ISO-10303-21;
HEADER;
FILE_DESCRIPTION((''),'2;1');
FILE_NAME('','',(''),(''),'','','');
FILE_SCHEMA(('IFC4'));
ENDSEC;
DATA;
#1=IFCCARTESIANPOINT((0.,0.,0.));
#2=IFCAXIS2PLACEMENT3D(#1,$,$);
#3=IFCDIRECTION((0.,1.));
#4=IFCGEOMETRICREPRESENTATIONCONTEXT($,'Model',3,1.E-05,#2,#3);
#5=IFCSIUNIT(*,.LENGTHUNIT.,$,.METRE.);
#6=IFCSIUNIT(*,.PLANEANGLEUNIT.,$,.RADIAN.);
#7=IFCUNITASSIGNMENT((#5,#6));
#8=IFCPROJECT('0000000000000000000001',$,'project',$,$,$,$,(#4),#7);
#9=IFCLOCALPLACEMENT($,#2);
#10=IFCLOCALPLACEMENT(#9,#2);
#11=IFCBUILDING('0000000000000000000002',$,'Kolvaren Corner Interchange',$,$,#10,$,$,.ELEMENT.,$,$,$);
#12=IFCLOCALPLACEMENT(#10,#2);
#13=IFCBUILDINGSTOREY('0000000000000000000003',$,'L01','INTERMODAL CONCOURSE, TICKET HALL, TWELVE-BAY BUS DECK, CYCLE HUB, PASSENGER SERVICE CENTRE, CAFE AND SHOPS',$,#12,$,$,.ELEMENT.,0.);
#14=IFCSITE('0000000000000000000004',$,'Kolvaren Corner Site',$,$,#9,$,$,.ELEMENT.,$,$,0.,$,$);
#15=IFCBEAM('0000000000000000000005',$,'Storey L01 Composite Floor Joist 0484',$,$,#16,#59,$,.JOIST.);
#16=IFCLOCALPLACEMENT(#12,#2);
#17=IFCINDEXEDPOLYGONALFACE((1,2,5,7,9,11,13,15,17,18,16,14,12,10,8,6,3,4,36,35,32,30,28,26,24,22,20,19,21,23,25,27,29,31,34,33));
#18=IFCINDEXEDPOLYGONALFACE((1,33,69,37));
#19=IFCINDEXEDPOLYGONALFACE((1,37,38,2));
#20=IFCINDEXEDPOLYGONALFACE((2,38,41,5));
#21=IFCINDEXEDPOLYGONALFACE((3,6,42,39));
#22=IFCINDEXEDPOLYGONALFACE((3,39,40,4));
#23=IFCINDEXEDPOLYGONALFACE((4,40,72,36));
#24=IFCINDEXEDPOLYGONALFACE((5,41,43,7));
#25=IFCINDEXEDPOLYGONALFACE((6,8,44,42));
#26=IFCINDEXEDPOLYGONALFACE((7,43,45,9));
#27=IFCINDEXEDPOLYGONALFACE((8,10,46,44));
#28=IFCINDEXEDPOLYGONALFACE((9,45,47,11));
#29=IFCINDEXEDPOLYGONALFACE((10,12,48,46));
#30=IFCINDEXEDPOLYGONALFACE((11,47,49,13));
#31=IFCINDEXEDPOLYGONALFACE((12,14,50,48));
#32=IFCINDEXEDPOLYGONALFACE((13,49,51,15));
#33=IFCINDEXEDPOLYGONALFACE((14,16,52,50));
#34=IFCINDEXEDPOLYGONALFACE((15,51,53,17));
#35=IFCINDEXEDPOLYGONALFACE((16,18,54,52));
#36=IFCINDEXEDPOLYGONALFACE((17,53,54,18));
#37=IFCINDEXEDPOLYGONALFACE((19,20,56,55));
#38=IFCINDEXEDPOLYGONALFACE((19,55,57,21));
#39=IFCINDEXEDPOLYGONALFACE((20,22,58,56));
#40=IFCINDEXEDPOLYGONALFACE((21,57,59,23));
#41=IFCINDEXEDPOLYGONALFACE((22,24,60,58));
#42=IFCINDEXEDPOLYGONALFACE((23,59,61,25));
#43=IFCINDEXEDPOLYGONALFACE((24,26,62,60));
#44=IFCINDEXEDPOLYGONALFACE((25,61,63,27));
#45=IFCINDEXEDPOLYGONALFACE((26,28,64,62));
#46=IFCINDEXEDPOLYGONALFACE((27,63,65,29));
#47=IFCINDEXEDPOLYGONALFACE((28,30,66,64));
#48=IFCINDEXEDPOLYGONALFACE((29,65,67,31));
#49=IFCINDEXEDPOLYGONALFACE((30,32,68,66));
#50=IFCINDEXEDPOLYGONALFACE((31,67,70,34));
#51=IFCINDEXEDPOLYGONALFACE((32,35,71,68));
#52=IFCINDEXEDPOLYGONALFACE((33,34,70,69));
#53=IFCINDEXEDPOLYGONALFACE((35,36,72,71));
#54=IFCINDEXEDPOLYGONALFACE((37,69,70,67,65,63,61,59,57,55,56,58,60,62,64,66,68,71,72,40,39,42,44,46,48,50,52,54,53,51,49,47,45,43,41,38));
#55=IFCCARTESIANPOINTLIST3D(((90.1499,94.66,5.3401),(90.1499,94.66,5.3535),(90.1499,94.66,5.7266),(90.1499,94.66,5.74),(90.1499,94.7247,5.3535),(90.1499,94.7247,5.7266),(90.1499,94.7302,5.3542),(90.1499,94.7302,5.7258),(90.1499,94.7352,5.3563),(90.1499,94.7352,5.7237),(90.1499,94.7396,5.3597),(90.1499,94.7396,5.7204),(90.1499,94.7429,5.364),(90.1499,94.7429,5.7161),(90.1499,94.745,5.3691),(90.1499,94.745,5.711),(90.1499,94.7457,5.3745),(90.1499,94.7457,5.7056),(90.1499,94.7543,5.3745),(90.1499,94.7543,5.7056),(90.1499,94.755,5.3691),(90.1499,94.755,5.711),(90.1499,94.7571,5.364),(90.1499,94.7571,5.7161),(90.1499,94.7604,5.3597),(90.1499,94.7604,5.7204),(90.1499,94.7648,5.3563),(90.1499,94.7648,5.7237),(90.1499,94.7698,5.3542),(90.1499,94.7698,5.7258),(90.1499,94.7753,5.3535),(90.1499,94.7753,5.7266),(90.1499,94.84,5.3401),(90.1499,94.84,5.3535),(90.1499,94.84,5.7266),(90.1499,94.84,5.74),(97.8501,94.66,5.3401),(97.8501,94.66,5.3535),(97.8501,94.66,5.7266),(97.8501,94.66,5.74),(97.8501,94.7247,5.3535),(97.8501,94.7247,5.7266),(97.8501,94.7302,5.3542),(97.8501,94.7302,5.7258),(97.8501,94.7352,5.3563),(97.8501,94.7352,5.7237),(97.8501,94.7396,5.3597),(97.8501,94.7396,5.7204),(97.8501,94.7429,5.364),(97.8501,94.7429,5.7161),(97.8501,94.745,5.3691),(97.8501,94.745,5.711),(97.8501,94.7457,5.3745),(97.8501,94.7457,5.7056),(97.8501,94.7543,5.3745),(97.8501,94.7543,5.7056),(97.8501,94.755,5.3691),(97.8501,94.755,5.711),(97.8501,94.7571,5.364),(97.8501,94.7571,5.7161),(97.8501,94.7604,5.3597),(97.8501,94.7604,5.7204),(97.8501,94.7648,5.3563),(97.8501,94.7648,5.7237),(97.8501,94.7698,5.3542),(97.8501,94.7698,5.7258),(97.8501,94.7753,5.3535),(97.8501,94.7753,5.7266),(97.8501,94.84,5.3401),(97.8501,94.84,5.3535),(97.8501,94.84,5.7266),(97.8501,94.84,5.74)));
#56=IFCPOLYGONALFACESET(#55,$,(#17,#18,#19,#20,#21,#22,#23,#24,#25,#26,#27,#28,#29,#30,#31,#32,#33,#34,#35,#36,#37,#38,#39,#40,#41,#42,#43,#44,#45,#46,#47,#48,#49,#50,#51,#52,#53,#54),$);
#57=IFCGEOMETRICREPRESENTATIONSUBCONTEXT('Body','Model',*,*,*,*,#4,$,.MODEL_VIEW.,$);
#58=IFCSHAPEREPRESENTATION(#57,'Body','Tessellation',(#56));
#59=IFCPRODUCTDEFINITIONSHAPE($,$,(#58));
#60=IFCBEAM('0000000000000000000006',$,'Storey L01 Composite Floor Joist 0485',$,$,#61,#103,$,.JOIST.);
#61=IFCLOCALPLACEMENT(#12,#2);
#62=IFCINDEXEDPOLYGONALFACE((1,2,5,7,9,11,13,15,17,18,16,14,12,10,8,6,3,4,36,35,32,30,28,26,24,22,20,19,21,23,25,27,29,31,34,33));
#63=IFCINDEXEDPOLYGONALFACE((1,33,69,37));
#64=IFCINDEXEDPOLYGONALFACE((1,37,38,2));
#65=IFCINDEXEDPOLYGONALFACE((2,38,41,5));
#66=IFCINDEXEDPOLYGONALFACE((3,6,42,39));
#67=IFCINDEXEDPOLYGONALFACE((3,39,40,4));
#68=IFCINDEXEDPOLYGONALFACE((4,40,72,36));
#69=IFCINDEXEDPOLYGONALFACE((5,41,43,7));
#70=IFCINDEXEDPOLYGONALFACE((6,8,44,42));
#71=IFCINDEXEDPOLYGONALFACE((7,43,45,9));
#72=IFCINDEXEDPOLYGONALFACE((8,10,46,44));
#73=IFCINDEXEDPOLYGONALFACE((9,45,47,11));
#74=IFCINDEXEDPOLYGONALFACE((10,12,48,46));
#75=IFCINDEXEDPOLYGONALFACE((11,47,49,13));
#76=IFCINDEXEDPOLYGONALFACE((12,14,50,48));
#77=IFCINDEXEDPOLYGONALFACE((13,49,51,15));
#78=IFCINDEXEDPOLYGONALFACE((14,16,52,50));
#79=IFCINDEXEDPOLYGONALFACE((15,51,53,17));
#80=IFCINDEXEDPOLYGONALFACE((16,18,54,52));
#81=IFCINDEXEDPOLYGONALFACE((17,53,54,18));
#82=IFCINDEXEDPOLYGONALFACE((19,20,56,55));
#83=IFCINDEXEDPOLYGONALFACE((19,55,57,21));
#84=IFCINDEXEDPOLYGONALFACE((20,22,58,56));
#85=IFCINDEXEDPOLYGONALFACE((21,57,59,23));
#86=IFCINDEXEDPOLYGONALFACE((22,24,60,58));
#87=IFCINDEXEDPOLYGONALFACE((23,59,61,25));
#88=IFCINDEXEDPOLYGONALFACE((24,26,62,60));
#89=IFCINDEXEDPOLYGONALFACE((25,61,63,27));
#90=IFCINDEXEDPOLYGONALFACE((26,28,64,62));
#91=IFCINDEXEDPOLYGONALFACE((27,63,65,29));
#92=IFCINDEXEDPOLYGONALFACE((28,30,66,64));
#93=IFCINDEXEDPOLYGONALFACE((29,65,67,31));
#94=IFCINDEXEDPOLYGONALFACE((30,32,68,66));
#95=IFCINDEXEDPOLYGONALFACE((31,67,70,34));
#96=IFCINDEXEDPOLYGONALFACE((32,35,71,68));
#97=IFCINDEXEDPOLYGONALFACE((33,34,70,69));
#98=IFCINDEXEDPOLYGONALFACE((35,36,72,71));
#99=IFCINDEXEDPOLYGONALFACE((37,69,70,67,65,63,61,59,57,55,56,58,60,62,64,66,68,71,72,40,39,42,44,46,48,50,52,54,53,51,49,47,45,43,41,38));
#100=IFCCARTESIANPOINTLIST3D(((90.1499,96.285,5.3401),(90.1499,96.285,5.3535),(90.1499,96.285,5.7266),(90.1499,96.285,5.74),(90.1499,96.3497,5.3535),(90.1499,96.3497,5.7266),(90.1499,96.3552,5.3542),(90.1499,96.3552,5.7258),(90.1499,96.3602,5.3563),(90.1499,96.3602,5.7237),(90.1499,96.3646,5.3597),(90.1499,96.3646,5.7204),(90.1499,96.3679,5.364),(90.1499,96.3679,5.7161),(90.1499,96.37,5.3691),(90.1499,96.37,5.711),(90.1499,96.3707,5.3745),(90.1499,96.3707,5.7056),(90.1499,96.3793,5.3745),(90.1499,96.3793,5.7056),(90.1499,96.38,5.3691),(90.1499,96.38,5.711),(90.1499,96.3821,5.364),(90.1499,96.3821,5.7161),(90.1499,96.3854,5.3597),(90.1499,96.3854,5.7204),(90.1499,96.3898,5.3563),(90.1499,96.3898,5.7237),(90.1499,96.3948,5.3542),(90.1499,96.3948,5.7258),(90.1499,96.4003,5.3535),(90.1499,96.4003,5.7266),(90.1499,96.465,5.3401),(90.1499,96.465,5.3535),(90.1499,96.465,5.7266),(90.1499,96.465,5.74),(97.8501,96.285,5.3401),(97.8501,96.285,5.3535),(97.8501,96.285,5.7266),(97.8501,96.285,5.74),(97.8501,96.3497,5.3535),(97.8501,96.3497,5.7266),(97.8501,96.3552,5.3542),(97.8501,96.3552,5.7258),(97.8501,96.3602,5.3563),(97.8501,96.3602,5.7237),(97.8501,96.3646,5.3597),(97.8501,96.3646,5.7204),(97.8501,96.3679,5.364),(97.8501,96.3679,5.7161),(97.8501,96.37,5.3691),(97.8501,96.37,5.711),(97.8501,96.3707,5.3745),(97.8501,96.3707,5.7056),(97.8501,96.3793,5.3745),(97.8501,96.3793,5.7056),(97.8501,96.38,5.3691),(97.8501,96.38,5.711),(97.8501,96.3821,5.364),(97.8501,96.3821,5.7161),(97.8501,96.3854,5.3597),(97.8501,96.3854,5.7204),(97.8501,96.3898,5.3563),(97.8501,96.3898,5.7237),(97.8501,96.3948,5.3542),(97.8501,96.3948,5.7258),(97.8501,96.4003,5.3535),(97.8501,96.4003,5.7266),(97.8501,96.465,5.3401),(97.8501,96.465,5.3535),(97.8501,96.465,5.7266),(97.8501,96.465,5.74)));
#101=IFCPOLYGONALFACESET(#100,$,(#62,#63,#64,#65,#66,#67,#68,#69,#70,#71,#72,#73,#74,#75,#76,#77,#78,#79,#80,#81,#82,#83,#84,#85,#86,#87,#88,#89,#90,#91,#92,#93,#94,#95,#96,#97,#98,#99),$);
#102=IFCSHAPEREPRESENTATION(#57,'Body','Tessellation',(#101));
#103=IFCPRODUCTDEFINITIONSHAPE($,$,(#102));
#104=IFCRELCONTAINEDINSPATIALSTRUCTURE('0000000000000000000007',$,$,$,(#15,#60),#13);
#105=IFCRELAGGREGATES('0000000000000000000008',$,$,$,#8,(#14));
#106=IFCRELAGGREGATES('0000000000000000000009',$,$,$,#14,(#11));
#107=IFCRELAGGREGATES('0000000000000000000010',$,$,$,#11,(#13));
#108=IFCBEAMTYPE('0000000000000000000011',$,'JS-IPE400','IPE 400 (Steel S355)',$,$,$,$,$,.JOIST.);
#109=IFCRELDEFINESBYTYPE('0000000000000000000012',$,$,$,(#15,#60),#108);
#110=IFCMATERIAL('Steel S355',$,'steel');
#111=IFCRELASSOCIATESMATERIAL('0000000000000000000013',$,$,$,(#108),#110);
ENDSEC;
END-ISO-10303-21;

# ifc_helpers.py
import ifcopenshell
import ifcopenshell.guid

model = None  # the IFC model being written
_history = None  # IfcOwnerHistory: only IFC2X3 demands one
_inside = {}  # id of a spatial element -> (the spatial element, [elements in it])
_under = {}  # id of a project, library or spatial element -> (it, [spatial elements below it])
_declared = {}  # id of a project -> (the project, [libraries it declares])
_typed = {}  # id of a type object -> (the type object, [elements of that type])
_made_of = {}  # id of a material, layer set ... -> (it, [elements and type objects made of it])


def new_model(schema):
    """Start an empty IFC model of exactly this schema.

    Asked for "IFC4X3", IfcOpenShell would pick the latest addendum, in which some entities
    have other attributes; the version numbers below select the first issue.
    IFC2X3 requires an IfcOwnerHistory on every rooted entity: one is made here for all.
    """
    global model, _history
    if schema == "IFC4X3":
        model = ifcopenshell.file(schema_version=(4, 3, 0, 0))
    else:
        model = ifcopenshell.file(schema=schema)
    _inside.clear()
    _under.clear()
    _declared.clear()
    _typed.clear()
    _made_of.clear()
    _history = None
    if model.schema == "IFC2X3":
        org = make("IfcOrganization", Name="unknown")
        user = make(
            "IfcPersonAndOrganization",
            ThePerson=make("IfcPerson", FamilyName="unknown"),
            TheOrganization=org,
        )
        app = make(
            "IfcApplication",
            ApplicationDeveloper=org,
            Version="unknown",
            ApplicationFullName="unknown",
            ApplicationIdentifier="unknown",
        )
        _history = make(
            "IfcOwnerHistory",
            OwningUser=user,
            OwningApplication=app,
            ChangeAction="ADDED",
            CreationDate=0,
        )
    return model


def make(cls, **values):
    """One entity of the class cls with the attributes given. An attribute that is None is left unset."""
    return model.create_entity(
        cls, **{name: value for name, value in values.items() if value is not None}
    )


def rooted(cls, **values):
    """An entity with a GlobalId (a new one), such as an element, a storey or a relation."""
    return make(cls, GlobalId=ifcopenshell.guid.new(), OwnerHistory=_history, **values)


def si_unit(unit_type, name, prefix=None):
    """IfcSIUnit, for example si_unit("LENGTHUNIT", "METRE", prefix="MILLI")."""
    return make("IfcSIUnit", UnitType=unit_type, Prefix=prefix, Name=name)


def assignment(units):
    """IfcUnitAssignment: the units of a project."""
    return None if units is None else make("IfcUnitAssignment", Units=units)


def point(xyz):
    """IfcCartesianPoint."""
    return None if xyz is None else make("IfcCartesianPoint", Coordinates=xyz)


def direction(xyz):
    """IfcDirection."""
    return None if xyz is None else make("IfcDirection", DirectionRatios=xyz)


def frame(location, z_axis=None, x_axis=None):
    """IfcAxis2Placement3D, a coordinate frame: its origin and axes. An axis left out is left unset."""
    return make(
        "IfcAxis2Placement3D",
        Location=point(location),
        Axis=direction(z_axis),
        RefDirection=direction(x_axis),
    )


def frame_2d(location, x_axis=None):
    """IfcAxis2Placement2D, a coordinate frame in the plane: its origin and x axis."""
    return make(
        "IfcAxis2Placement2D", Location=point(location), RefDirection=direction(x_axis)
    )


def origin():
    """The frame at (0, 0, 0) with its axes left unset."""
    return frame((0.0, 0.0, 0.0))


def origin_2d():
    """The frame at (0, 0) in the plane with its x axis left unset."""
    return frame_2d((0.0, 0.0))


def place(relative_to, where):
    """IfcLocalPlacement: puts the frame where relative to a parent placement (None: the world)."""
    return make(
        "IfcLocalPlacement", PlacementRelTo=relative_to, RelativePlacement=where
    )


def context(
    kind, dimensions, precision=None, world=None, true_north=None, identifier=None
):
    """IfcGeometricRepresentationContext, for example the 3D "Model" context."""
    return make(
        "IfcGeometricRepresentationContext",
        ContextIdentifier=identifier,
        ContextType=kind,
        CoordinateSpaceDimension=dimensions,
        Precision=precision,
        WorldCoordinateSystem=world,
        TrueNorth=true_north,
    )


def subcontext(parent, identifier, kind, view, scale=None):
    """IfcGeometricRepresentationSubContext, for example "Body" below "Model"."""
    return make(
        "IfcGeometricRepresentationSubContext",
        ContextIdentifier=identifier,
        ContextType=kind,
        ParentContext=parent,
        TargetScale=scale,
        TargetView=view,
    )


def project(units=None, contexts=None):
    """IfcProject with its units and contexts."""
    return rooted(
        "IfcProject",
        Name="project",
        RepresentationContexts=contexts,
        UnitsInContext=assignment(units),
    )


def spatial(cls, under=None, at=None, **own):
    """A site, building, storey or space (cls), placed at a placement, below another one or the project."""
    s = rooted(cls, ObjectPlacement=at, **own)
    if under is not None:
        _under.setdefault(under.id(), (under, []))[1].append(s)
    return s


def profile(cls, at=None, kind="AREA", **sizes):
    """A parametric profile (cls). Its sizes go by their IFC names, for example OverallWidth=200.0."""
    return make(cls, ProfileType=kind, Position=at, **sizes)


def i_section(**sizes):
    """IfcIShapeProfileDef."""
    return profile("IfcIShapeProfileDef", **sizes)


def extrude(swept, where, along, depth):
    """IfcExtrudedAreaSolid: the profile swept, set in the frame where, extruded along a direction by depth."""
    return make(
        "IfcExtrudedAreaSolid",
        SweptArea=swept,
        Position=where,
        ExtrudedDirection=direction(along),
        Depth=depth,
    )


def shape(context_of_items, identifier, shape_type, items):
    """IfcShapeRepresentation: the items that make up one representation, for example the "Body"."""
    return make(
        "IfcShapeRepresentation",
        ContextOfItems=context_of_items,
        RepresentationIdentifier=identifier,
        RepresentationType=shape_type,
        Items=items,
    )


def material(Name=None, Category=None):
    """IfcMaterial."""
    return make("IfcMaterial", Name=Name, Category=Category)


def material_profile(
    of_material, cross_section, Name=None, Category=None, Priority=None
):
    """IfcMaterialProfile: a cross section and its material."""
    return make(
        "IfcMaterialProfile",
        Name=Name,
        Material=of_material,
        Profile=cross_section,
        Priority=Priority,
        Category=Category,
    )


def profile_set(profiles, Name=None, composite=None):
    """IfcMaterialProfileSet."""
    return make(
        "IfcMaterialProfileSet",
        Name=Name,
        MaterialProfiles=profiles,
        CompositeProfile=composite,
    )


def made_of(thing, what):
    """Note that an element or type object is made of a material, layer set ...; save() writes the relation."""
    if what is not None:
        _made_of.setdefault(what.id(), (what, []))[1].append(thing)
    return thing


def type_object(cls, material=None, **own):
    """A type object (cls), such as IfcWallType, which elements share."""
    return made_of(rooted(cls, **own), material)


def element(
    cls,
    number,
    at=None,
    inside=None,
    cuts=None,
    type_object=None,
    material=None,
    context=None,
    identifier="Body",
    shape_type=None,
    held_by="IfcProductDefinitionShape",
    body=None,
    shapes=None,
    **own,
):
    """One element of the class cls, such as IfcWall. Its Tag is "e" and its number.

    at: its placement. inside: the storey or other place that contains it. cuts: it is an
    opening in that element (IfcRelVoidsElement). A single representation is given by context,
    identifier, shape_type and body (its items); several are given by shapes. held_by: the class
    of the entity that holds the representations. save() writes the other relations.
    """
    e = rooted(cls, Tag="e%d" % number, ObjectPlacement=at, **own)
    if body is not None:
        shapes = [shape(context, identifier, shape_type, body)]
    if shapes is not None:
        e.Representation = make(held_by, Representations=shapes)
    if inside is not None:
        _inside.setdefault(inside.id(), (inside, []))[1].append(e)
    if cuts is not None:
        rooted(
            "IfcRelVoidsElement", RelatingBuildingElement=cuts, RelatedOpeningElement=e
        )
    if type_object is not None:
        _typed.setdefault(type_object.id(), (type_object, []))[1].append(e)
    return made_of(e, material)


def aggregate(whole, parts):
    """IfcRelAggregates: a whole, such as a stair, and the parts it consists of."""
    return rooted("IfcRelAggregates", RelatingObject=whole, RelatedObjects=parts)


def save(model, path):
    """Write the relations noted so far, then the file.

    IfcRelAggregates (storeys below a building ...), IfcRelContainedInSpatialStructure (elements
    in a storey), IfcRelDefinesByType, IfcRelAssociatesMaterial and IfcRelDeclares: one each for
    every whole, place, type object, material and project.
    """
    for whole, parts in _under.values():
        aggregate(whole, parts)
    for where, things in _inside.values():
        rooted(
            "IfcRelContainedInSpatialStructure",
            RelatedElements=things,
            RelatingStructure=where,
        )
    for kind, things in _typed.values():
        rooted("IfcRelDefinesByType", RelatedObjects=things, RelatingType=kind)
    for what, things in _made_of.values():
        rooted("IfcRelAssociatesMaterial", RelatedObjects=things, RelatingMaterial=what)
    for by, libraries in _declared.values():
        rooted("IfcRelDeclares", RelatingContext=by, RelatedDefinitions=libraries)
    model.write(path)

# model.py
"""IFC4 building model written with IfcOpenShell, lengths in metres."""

from ifc_helpers import new_model, si_unit, direction, frame, origin, origin_2d, place, context, subcontext, project, spatial, i_section, extrude, material, material_profile, profile_set, type_object, element, save


model = new_model("IFC4")

# Units and contexts
model_context = context("Model", 3, precision=1e-05, world=origin(), true_north=direction((0.0, 1.0)))
body_context = subcontext(model_context, "Body", "Model", "MODEL_VIEW")
ifc_project = project(units=[si_unit("LENGTHUNIT", "METRE"), si_unit("PLANEANGLEUNIT", "RADIAN")], contexts=[model_context])

# Site, building, storey
site_placement = place(None, origin())
site = spatial("IfcSite", under=ifc_project, at=site_placement, Name="Kolvaren Corner Site", CompositionType="ELEMENT", RefElevation=0.0)
building_placement = place(site_placement, origin())
building = spatial("IfcBuilding", under=site, at=building_placement, Name="Kolvaren Corner Interchange", CompositionType="ELEMENT")
storey_placement = place(building_placement, origin())
storey = spatial("IfcBuildingStorey", under=building, at=storey_placement, Name="L01", Description="INTERMODAL CONCOURSE, TICKET HALL, TWELVE-BAY BUS DECK, CYCLE HUB, PASSENGER SERVICE CENTRE, CAFE AND SHOPS", CompositionType="ELEMENT", Elevation=0.0)

# Beams
ifc_material_1 = material(Name="Steel S355", Category="steel")
ifc_material_profile_1 = material_profile(ifc_material_1, i_section(OverallWidth=0.1799, OverallDepth=0.3999, WebThickness=0.0085, FlangeThickness=0.0134, FilletRadius=0.021, at=origin_2d()), Name="IPE 400")
ifc_profile_set_1 = profile_set([ifc_material_profile_1], Name="Steel S355")
beam_type_1 = type_object("IfcBeamType", Name="JS-IPE400", Description="IPE 400 (Steel S355)", PredefinedType="JOIST", material=ifc_profile_set_1)
for number, where, z_axis, x_axis, name in (
    (1, (90.1499, 94.75, 5.54), (1.0, 0.0, 0.0), (0.0, 1.0, 0.0), "Storey L01 Composite Floor Joist 0484"),
    (2, (90.1499, 96.375, 5.54), (1.0, 0.0, 0.0), (0.0, 1.0, 0.0), "Storey L01 Composite Floor Joist 0485"),
):
    element("IfcBeam", number, at=place(storey_placement, frame(where, z_axis=z_axis, x_axis=x_axis)), inside=storey, type_object=beam_type_1, Name=name, PredefinedType="JOIST", context=body_context, shape_type="SweptSolid", body=[
        extrude(i_section(OverallWidth=0.1799, OverallDepth=0.3999, WebThickness=0.0085, FlangeThickness=0.0134, FilletRadius=0.021, at=origin_2d()), origin(), (0.0, 0.0, 1.0), 7.7002),
    ])

save(model, "model.ifc")
